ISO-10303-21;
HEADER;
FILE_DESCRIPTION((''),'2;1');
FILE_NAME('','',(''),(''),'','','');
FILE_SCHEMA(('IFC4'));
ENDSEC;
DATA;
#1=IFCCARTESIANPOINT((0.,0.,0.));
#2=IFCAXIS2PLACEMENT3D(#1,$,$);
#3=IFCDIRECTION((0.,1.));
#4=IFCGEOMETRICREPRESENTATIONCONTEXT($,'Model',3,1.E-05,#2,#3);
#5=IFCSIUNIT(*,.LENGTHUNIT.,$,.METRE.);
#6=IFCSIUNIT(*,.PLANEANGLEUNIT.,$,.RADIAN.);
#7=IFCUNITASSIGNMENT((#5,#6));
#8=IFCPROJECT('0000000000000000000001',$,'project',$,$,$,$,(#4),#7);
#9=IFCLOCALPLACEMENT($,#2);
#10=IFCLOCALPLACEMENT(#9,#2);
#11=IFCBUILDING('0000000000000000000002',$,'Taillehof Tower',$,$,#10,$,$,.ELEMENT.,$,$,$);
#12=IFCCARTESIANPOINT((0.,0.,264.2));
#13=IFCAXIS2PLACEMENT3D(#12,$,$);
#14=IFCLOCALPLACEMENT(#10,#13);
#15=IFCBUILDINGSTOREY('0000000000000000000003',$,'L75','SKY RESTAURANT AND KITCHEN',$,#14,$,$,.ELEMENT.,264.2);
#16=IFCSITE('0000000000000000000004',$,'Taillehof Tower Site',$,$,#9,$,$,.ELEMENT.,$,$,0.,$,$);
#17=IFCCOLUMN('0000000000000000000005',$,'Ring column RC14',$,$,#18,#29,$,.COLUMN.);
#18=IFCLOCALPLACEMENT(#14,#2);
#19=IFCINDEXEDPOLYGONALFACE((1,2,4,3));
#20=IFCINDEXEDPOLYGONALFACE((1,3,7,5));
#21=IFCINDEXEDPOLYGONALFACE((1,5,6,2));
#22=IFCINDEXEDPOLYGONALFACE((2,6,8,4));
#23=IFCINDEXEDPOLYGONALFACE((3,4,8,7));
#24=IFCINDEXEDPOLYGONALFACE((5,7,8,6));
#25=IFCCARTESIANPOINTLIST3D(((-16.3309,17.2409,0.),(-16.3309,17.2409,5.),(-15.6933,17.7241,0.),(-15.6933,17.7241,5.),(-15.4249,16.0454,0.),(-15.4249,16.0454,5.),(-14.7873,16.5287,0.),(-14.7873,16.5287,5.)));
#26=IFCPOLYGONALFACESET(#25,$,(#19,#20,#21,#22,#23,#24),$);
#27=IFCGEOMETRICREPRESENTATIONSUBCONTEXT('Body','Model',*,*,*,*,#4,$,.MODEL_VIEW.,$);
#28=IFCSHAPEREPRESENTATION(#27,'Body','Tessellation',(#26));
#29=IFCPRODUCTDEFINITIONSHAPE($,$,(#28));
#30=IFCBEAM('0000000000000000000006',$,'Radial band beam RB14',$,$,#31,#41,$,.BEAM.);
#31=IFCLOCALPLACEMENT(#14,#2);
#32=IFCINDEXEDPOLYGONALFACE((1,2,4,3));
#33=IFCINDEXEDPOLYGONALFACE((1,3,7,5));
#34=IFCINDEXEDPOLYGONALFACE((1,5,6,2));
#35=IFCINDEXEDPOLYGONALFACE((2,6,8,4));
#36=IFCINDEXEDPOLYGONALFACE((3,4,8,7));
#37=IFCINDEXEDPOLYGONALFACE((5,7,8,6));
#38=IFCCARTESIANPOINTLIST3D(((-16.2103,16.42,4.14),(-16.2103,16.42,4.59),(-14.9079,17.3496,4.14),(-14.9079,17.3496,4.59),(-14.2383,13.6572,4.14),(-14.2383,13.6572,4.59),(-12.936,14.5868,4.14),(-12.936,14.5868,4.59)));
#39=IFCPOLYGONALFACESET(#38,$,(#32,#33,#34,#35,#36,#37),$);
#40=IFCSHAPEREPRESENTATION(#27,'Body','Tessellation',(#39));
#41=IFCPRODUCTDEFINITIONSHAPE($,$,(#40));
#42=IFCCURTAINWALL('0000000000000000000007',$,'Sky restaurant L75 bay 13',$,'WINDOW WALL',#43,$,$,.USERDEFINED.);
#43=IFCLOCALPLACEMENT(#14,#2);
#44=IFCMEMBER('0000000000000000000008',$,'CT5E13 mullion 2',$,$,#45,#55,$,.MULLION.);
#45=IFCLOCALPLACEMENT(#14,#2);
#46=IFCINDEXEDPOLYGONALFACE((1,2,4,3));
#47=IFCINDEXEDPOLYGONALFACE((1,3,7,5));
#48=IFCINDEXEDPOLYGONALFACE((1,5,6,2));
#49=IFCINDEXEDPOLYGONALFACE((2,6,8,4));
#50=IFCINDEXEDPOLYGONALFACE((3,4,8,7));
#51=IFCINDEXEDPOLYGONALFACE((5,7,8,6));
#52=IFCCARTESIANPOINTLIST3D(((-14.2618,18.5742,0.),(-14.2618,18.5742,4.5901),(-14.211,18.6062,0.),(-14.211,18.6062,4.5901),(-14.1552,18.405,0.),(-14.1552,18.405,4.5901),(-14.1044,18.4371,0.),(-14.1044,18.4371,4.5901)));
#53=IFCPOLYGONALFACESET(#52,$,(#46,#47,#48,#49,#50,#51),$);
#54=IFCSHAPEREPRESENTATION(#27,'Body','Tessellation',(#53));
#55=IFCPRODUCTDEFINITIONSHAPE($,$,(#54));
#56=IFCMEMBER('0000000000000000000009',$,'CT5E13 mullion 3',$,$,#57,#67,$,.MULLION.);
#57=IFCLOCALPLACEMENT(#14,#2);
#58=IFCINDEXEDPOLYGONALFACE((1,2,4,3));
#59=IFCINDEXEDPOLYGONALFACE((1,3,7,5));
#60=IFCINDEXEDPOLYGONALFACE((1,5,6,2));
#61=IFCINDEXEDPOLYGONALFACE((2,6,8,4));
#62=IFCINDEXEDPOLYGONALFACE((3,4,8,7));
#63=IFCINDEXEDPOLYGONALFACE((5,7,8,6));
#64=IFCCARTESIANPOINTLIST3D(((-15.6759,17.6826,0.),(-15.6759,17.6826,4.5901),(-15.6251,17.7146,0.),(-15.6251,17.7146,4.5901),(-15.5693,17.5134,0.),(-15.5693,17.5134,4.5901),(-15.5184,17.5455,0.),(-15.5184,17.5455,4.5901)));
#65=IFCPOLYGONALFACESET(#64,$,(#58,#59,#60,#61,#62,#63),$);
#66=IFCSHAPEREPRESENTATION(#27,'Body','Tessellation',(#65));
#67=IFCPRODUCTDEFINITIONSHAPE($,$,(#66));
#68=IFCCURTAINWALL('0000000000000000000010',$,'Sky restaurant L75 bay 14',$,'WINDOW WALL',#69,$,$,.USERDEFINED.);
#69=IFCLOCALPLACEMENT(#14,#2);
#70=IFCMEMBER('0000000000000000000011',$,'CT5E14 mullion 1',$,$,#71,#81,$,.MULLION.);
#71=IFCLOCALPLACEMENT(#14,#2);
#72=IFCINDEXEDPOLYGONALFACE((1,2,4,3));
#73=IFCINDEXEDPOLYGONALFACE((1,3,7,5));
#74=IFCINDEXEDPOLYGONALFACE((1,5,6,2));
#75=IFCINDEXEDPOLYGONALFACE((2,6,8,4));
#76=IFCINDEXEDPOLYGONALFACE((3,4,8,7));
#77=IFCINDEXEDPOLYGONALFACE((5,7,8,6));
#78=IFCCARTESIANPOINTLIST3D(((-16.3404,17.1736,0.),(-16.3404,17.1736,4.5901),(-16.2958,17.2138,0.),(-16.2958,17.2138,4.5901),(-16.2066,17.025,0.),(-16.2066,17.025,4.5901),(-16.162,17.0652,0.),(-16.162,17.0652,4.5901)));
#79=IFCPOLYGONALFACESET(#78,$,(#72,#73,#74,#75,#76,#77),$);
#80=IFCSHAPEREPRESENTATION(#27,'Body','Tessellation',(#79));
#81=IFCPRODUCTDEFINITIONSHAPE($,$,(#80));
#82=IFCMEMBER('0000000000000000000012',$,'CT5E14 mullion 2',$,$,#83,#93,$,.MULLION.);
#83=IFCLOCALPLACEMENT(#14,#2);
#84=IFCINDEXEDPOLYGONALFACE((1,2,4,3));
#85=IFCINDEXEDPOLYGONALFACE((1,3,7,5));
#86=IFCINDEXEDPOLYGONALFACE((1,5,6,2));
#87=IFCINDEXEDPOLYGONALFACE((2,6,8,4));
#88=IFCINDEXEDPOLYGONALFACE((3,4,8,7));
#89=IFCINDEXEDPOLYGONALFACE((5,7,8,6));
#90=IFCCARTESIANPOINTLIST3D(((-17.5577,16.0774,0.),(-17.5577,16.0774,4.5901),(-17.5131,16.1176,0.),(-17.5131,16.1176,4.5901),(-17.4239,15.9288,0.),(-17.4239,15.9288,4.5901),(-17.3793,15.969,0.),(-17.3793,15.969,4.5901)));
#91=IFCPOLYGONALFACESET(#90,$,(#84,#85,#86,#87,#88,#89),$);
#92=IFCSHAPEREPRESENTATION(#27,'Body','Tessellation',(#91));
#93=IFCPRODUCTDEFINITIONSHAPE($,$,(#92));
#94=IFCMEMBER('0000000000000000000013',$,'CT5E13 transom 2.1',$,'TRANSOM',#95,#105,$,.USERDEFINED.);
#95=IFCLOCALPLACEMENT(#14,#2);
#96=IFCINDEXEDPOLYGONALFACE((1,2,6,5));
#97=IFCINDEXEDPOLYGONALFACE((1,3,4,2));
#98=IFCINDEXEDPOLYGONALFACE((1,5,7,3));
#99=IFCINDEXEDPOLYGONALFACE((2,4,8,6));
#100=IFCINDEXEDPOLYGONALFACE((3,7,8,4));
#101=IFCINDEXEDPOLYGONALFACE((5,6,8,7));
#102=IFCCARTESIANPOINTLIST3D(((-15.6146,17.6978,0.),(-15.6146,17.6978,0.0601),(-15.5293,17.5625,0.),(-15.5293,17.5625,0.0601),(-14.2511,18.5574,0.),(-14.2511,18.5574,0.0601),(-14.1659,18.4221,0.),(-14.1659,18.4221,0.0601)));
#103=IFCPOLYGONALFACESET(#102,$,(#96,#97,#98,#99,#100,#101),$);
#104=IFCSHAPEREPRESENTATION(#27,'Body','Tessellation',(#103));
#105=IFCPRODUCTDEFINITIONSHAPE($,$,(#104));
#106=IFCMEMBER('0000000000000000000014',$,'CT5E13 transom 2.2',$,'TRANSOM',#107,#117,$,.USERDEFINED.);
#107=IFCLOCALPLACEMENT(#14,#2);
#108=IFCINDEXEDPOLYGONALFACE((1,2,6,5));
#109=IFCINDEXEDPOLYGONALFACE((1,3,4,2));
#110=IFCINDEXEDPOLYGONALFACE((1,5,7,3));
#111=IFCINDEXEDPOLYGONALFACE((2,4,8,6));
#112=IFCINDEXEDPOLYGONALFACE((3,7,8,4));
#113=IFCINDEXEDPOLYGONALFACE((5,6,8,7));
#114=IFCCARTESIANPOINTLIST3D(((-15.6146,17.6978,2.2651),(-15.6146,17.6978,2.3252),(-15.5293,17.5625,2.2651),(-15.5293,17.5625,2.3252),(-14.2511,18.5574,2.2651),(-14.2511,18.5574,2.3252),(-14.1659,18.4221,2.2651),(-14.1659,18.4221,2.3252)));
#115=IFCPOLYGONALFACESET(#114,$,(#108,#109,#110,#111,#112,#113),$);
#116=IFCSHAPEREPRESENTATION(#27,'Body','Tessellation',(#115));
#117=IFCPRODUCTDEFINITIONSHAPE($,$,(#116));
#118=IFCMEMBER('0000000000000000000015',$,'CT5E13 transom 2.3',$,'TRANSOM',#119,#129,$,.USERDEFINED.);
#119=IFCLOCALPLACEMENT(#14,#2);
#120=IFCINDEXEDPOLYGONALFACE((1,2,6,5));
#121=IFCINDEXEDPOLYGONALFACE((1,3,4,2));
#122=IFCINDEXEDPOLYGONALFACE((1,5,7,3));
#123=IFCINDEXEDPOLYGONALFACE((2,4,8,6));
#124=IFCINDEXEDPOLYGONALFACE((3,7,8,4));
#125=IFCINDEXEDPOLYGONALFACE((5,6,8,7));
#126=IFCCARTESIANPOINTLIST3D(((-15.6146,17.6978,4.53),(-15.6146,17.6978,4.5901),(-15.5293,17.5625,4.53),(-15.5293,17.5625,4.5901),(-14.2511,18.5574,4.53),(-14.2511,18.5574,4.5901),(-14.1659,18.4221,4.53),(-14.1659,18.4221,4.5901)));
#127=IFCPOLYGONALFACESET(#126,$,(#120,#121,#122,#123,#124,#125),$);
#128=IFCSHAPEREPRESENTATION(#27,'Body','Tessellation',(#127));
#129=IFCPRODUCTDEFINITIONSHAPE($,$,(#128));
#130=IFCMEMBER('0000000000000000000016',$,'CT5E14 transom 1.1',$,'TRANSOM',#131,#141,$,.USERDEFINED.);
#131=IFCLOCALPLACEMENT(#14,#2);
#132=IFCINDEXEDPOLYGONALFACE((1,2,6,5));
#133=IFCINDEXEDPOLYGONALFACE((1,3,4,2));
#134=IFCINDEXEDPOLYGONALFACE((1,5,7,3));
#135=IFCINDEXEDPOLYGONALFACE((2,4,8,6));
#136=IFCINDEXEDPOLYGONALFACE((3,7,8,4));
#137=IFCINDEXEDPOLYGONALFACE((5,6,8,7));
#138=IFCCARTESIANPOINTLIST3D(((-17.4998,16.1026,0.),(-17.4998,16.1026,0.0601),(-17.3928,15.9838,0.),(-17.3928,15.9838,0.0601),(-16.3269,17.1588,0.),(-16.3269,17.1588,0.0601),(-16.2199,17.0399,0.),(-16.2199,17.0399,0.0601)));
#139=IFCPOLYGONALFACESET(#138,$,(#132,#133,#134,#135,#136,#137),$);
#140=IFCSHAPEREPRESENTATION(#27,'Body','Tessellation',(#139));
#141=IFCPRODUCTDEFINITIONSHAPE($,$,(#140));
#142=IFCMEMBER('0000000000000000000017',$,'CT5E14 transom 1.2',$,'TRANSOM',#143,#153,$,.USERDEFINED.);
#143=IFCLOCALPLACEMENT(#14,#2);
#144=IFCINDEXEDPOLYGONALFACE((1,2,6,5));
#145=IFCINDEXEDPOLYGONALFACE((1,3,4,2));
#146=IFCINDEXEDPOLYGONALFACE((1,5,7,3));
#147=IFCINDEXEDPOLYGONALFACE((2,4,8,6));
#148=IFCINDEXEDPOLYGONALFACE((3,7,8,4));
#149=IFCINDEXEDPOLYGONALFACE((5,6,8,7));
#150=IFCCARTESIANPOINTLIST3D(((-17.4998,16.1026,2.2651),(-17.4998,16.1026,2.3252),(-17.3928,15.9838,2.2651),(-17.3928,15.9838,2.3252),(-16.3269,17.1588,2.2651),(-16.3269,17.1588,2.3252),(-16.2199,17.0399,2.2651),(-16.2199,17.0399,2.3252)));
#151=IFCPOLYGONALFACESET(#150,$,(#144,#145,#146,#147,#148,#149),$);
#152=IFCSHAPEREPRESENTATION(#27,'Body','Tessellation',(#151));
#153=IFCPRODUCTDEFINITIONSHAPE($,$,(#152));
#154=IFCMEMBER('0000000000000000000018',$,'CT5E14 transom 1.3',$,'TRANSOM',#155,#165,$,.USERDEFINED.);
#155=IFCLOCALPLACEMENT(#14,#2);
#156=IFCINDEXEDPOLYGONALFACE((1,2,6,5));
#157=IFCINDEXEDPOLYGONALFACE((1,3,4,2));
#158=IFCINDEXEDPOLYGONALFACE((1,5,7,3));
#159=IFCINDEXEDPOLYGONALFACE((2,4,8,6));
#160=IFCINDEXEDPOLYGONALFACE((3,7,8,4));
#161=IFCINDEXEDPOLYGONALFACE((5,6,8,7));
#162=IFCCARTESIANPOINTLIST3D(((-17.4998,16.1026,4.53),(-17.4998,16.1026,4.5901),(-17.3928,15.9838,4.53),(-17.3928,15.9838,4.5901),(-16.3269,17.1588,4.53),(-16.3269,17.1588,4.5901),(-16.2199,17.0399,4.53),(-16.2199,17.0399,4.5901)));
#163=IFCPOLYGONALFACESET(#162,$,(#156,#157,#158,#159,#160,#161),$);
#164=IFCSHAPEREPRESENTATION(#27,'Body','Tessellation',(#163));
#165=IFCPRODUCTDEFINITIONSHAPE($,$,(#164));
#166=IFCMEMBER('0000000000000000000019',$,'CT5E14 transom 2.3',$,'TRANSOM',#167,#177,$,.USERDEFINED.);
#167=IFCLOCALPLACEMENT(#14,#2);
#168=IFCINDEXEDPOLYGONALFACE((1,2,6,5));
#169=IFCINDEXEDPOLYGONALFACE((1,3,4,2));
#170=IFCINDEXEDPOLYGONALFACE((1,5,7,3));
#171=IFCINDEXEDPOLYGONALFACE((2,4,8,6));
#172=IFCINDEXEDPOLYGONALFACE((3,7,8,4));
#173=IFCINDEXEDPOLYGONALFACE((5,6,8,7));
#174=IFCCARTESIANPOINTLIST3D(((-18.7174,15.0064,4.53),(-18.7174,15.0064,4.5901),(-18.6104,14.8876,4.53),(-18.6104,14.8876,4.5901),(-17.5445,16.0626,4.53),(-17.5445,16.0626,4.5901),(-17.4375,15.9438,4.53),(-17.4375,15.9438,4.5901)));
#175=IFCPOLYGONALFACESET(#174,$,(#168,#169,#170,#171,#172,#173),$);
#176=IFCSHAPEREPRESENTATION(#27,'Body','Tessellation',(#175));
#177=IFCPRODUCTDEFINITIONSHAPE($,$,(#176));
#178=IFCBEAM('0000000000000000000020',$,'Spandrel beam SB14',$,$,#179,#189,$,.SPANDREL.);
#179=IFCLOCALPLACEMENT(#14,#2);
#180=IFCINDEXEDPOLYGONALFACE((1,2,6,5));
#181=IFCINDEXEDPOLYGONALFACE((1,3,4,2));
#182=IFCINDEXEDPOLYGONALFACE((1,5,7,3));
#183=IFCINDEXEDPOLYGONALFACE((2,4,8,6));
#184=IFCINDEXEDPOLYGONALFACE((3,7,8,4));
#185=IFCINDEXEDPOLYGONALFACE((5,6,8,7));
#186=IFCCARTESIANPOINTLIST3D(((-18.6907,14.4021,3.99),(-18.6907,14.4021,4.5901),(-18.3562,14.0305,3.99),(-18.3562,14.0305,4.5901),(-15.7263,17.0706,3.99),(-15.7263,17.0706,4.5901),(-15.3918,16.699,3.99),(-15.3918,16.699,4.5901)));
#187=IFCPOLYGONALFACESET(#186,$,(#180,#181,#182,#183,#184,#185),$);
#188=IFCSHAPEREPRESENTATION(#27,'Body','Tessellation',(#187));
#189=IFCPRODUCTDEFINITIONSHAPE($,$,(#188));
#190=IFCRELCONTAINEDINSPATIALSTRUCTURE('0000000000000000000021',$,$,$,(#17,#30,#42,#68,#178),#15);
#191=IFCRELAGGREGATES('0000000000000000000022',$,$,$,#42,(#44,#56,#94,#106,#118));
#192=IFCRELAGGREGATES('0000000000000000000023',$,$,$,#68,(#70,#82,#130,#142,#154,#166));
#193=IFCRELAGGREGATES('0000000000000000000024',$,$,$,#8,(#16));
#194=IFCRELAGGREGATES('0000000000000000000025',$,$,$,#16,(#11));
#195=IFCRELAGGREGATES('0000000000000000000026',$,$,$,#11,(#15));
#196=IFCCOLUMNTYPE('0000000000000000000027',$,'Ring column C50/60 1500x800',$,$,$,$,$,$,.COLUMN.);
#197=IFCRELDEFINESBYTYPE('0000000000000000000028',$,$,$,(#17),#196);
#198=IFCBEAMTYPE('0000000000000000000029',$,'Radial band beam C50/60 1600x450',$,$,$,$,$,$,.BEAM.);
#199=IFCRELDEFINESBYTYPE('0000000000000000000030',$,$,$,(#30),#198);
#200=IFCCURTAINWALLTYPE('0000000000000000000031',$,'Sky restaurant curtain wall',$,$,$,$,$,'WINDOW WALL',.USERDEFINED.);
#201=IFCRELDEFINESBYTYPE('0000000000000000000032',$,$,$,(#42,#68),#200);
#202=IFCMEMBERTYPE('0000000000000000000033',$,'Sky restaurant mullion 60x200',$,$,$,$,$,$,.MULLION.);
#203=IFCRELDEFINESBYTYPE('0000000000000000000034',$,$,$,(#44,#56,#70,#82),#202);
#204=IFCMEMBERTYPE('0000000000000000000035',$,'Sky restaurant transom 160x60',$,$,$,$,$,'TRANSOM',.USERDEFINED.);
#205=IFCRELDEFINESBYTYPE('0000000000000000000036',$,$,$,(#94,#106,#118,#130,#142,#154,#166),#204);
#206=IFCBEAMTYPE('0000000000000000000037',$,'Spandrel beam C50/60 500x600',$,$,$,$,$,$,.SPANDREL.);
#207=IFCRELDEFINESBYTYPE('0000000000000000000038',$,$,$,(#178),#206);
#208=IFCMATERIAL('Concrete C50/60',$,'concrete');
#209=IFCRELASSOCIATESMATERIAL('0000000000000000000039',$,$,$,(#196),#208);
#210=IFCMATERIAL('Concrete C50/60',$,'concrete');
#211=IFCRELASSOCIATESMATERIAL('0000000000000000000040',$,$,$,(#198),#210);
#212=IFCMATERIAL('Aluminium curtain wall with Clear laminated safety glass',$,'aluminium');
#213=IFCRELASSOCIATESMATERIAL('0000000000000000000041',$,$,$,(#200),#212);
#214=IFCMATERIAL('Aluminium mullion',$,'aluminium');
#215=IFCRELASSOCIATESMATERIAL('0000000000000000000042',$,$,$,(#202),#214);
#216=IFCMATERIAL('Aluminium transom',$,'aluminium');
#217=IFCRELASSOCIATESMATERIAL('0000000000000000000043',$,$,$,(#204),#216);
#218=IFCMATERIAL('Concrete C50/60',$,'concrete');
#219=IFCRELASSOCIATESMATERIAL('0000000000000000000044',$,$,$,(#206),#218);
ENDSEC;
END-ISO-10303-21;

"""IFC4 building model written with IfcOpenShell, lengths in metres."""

from ifc_helpers import new_model, si_unit, direction, frame, origin, origin_2d, place, context, subcontext, project, spatial, rectangle, extrude, material, material_profile, profile_set, type_object, element, aggregate, save


model = new_model("IFC4")

# Units and contexts
model_context = context("Model", 3, precision=1e-05, world=origin(), true_north=direction((0.0, 1.0)))
body_context = subcontext(model_context, "Body", "Model", "MODEL_VIEW")
ifc_project = project(units=[si_unit("LENGTHUNIT", "METRE"), si_unit("PLANEANGLEUNIT", "RADIAN")], contexts=[model_context])

# Site, building, storey
site_placement = place(None, origin())
site = spatial("IfcSite", under=ifc_project, at=site_placement, Name="Taillehof Tower Site", CompositionType="ELEMENT", RefElevation=0.0)
building_placement = place(site_placement, origin())
building = spatial("IfcBuilding", under=site, at=building_placement, Name="Taillehof Tower", CompositionType="ELEMENT")
storey_placement = place(building_placement, frame((0.0, 0.0, 264.2)))
storey = spatial("IfcBuildingStorey", under=building, at=storey_placement, Name="L75", Description="SKY RESTAURANT AND KITCHEN", CompositionType="ELEMENT", Elevation=264.2)

# Column
ifc_material_1 = material(Name="Concrete C50/60", Category="concrete")
ifc_material_profile_1 = material_profile(ifc_material_1, rectangle(XDim=1.5, YDim=0.8, at=origin_2d()), Name="RC 1500x800")
ifc_profile_set_1 = profile_set([ifc_material_profile_1], Name="Concrete C50/60")
column_type = type_object("IfcColumnType", Name="Ring column C50/60 1500x800", PredefinedType="COLUMN", material=ifc_profile_set_1)
column_placement = place(storey_placement, frame((-15.5591, 16.8848, 0.0), z_axis=(0.0, 0.0, 1.0), x_axis=(-0.60402, 0.796969, 0.0)))
element("IfcColumn", 1, at=column_placement, inside=storey, type_object=column_type, Name="Ring column RC14", PredefinedType="COLUMN", context=body_context, shape_type="SweptSolid", body=[
    extrude(rectangle(XDim=1.5, YDim=0.8, at=origin_2d()), origin(), (0.0, 0.0, 1.0), 5.0),
])

# Beam
ifc_material_2 = material(Name="Concrete C50/60", Category="concrete")
ifc_material_profile_2 = material_profile(ifc_material_2, rectangle(XDim=1.6001, YDim=0.45, at=origin_2d()), Name="RC 1600x450")
ifc_profile_set_2 = profile_set([ifc_material_profile_2], Name="Concrete C50/60")
beam_type_1 = type_object("IfcBeamType", Name="Radial band beam C50/60 1600x450", PredefinedType="BEAM", material=ifc_profile_set_2)
beam_1_placement = place(storey_placement, frame((-15.5591, 16.8848, 4.365), z_axis=(0.580959, -0.813933, 0.0), x_axis=(0.813933, 0.580959, 0.0)))
element("IfcBeam", 2, at=beam_1_placement, inside=storey, type_object=beam_type_1, Name="Radial band beam RB14", PredefinedType="BEAM", context=body_context, shape_type="SweptSolid", body=[
    extrude(rectangle(XDim=1.6001, YDim=0.45, at=origin_2d()), origin(), (0.0, 0.0, 1.0), 3.3943),
])

# Curtain walls, members
ifc_material_3 = material(Name="Aluminium curtain wall with Clear laminated safety glass", Category="aluminium")
curtain_wall_type = type_object("IfcCurtainWallType", Name="Sky restaurant curtain wall", ElementType="WINDOW WALL", PredefinedType="USERDEFINED", material=ifc_material_3)
curtain_wall_1_placement = place(storey_placement, origin())
curtain_wall_1 = element("IfcCurtainWall", 3, at=curtain_wall_1_placement, inside=storey, type_object=curtain_wall_type, Name="Sky restaurant L75 bay 13", ObjectType="WINDOW WALL", PredefinedType="USERDEFINED")
ifc_material_4 = material(Name="Aluminium mullion", Category="aluminium")
ifc_material_profile_3 = material_profile(ifc_material_4, rectangle(XDim=0.2, YDim=0.0601, at=origin_2d()), Name="AL 60x200")
ifc_profile_set_3 = profile_set([ifc_material_profile_3], Name="Aluminium mullion")
member_type_1 = type_object("IfcMemberType", Name="Sky restaurant mullion 60x200", PredefinedType="MULLION", material=ifc_profile_set_3)
member_1_placement = place(storey_placement, frame((-14.1831, 18.5056, 0.0), z_axis=(0.0, 0.0, 1.0), x_axis=(0.533294, -0.84593, 0.0)))
member_1 = element("IfcMember", 4, at=member_1_placement, type_object=member_type_1, Name="CT5E13 mullion 2", PredefinedType="MULLION", context=body_context, shape_type="SweptSolid", body=[
    extrude(rectangle(XDim=0.2, YDim=0.0601, at=origin_2d()), origin(), (0.0, 0.0, 1.0), 4.5901),
])
member_2_placement = place(storey_placement, frame((-15.5972, 17.614, 0.0), z_axis=(0.0, 0.0, 1.0), x_axis=(0.533294, -0.84593, 0.0)))
member_2 = element("IfcMember", 5, at=member_2_placement, type_object=member_type_1, Name="CT5E13 mullion 3", PredefinedType="MULLION", context=body_context, shape_type="SweptSolid", body=[
    extrude(rectangle(XDim=0.2, YDim=0.0601, at=origin_2d()), origin(), (0.0, 0.0, 1.0), 4.5901),
])
curtain_wall_2_placement = place(storey_placement, origin())
curtain_wall_2 = element("IfcCurtainWall", 6, at=curtain_wall_2_placement, inside=storey, type_object=curtain_wall_type, Name="Sky restaurant L75 bay 14", ObjectType="WINDOW WALL", PredefinedType="USERDEFINED")
member_3_placement = place(storey_placement, frame((-16.2512, 17.1194, 0.0), z_axis=(0.0, 0.0, 1.0), x_axis=(0.669107, -0.743166, 0.0)))
member_3 = element("IfcMember", 7, at=member_3_placement, type_object=member_type_1, Name="CT5E14 mullion 1", PredefinedType="MULLION", context=body_context, shape_type="SweptSolid", body=[
    extrude(rectangle(XDim=0.2, YDim=0.0601, at=origin_2d()), origin(), (0.0, 0.0, 1.0), 4.5901),
])
member_4_placement = place(storey_placement, frame((-17.4685, 16.0232, 0.0), z_axis=(0.0, 0.0, 1.0), x_axis=(0.669107, -0.743166, 0.0)))
member_4 = element("IfcMember", 8, at=member_4_placement, type_object=member_type_1, Name="CT5E14 mullion 2", PredefinedType="MULLION", context=body_context, shape_type="SweptSolid", body=[
    extrude(rectangle(XDim=0.2, YDim=0.0601, at=origin_2d()), origin(), (0.0, 0.0, 1.0), 4.5901),
])

# Members
ifc_material_5 = material(Name="Aluminium transom", Category="aluminium")
ifc_material_profile_4 = material_profile(ifc_material_5, rectangle(XDim=0.1599, YDim=0.0601, at=origin_2d()), Name="AL 160x60")
ifc_profile_set_4 = profile_set([ifc_material_profile_4], Name="Aluminium transom")
member_type_2 = type_object("IfcMemberType", Name="Sky restaurant transom 160x60", ElementType="TRANSOM", PredefinedType="USERDEFINED", material=ifc_profile_set_4)
member_5_placement = place(storey_placement, frame((-14.2085, 18.4897, 0.03), z_axis=(-0.845924, -0.533303, 0.0), x_axis=(0.533303, -0.845924, 0.0)))
member_5 = element("IfcMember", 9, at=member_5_placement, type_object=member_type_2, Name="CT5E13 transom 2.1", ObjectType="TRANSOM", PredefinedType="USERDEFINED", context=body_context, shape_type="SweptSolid", body=[
    extrude(rectangle(XDim=0.1599, YDim=0.0601, at=origin_2d()), origin(), (0.0, 0.0, 1.0), 1.6118),
])
member_6_placement = place(storey_placement, frame((-14.2085, 18.4897, 2.2952), z_axis=(-0.845924, -0.533303, 0.0), x_axis=(0.533303, -0.845924, 0.0)))
member_6 = element("IfcMember", 10, at=member_6_placement, type_object=member_type_2, Name="CT5E13 transom 2.2", ObjectType="TRANSOM", PredefinedType="USERDEFINED", context=body_context, shape_type="SweptSolid", body=[
    extrude(rectangle(XDim=0.1599, YDim=0.0601, at=origin_2d()), origin(), (0.0, 0.0, 1.0), 1.6118),
])
member_7_placement = place(storey_placement, frame((-14.2085, 18.4897, 4.5601), z_axis=(-0.845924, -0.533303, 0.0), x_axis=(0.533303, -0.845924, 0.0)))
member_7 = element("IfcMember", 11, at=member_7_placement, type_object=member_type_2, Name="CT5E13 transom 2.3", ObjectType="TRANSOM", PredefinedType="USERDEFINED", context=body_context, shape_type="SweptSolid", body=[
    extrude(rectangle(XDim=0.1599, YDim=0.0601, at=origin_2d()), origin(), (0.0, 0.0, 1.0), 1.6118),
])
member_8_placement = place(storey_placement, frame((-16.2734, 17.0994, 0.03), z_axis=(-0.74311, -0.66917, 0.0), x_axis=(0.66917, -0.74311, 0.0)))
member_8 = element("IfcMember", 12, at=member_8_placement, type_object=member_type_2, Name="CT5E14 transom 1.1", ObjectType="TRANSOM", PredefinedType="USERDEFINED", context=body_context, shape_type="SweptSolid", body=[
    extrude(rectangle(XDim=0.1599, YDim=0.0601, at=origin_2d()), origin(), (0.0, 0.0, 1.0), 1.5784),
])
member_9_placement = place(storey_placement, frame((-16.2734, 17.0994, 2.2952), z_axis=(-0.74311, -0.66917, 0.0), x_axis=(0.66917, -0.74311, 0.0)))
member_9 = element("IfcMember", 13, at=member_9_placement, type_object=member_type_2, Name="CT5E14 transom 1.2", ObjectType="TRANSOM", PredefinedType="USERDEFINED", context=body_context, shape_type="SweptSolid", body=[
    extrude(rectangle(XDim=0.1599, YDim=0.0601, at=origin_2d()), origin(), (0.0, 0.0, 1.0), 1.5784),
])
member_10_placement = place(storey_placement, frame((-16.2734, 17.0994, 4.5601), z_axis=(-0.74311, -0.66917, 0.0), x_axis=(0.66917, -0.74311, 0.0)))
member_10 = element("IfcMember", 14, at=member_10_placement, type_object=member_type_2, Name="CT5E14 transom 1.3", ObjectType="TRANSOM", PredefinedType="USERDEFINED", context=body_context, shape_type="SweptSolid", body=[
    extrude(rectangle(XDim=0.1599, YDim=0.0601, at=origin_2d()), origin(), (0.0, 0.0, 1.0), 1.5784),
])
member_11_placement = place(storey_placement, frame((-17.491, 16.0032, 4.5601), z_axis=(-0.74311, -0.66917, 0.0), x_axis=(0.66917, -0.74311, 0.0)))
member_11 = element("IfcMember", 15, at=member_11_placement, type_object=member_type_2, Name="CT5E14 transom 2.3", ObjectType="TRANSOM", PredefinedType="USERDEFINED", context=body_context, shape_type="SweptSolid", body=[
    extrude(rectangle(XDim=0.1599, YDim=0.0601, at=origin_2d()), origin(), (0.0, 0.0, 1.0), 1.5784),
])

# Beam
ifc_material_6 = material(Name="Concrete C50/60", Category="concrete")
ifc_material_profile_5 = material_profile(ifc_material_6, rectangle(XDim=0.5, YDim=0.6001, at=origin_2d()), Name="RC 500x600")
ifc_profile_set_5 = profile_set([ifc_material_profile_5], Name="Concrete C50/60")
beam_type_2 = type_object("IfcBeamType", Name="Spandrel beam C50/60 500x600", PredefinedType="SPANDREL", material=ifc_profile_set_5)
beam_2_placement = place(storey_placement, frame((-15.5591, 16.8848, 4.29), z_axis=(-0.743227, -0.669039, 0.0), x_axis=(0.669039, -0.743227, 0.0)))
element("IfcBeam", 16, at=beam_2_placement, inside=storey, type_object=beam_type_2, Name="Spandrel beam SB14", PredefinedType="SPANDREL", context=body_context, shape_type="SweptSolid", body=[
    extrude(rectangle(XDim=0.5, YDim=0.6001, at=origin_2d()), origin(), (0.0, 0.0, 1.0), 3.9885),
])

aggregate(curtain_wall_1, [member_1, member_2, member_5, member_6, member_7])
aggregate(curtain_wall_2, [member_3, member_4, member_8, member_9, member_10, member_11])

save(model, "model.ifc")
